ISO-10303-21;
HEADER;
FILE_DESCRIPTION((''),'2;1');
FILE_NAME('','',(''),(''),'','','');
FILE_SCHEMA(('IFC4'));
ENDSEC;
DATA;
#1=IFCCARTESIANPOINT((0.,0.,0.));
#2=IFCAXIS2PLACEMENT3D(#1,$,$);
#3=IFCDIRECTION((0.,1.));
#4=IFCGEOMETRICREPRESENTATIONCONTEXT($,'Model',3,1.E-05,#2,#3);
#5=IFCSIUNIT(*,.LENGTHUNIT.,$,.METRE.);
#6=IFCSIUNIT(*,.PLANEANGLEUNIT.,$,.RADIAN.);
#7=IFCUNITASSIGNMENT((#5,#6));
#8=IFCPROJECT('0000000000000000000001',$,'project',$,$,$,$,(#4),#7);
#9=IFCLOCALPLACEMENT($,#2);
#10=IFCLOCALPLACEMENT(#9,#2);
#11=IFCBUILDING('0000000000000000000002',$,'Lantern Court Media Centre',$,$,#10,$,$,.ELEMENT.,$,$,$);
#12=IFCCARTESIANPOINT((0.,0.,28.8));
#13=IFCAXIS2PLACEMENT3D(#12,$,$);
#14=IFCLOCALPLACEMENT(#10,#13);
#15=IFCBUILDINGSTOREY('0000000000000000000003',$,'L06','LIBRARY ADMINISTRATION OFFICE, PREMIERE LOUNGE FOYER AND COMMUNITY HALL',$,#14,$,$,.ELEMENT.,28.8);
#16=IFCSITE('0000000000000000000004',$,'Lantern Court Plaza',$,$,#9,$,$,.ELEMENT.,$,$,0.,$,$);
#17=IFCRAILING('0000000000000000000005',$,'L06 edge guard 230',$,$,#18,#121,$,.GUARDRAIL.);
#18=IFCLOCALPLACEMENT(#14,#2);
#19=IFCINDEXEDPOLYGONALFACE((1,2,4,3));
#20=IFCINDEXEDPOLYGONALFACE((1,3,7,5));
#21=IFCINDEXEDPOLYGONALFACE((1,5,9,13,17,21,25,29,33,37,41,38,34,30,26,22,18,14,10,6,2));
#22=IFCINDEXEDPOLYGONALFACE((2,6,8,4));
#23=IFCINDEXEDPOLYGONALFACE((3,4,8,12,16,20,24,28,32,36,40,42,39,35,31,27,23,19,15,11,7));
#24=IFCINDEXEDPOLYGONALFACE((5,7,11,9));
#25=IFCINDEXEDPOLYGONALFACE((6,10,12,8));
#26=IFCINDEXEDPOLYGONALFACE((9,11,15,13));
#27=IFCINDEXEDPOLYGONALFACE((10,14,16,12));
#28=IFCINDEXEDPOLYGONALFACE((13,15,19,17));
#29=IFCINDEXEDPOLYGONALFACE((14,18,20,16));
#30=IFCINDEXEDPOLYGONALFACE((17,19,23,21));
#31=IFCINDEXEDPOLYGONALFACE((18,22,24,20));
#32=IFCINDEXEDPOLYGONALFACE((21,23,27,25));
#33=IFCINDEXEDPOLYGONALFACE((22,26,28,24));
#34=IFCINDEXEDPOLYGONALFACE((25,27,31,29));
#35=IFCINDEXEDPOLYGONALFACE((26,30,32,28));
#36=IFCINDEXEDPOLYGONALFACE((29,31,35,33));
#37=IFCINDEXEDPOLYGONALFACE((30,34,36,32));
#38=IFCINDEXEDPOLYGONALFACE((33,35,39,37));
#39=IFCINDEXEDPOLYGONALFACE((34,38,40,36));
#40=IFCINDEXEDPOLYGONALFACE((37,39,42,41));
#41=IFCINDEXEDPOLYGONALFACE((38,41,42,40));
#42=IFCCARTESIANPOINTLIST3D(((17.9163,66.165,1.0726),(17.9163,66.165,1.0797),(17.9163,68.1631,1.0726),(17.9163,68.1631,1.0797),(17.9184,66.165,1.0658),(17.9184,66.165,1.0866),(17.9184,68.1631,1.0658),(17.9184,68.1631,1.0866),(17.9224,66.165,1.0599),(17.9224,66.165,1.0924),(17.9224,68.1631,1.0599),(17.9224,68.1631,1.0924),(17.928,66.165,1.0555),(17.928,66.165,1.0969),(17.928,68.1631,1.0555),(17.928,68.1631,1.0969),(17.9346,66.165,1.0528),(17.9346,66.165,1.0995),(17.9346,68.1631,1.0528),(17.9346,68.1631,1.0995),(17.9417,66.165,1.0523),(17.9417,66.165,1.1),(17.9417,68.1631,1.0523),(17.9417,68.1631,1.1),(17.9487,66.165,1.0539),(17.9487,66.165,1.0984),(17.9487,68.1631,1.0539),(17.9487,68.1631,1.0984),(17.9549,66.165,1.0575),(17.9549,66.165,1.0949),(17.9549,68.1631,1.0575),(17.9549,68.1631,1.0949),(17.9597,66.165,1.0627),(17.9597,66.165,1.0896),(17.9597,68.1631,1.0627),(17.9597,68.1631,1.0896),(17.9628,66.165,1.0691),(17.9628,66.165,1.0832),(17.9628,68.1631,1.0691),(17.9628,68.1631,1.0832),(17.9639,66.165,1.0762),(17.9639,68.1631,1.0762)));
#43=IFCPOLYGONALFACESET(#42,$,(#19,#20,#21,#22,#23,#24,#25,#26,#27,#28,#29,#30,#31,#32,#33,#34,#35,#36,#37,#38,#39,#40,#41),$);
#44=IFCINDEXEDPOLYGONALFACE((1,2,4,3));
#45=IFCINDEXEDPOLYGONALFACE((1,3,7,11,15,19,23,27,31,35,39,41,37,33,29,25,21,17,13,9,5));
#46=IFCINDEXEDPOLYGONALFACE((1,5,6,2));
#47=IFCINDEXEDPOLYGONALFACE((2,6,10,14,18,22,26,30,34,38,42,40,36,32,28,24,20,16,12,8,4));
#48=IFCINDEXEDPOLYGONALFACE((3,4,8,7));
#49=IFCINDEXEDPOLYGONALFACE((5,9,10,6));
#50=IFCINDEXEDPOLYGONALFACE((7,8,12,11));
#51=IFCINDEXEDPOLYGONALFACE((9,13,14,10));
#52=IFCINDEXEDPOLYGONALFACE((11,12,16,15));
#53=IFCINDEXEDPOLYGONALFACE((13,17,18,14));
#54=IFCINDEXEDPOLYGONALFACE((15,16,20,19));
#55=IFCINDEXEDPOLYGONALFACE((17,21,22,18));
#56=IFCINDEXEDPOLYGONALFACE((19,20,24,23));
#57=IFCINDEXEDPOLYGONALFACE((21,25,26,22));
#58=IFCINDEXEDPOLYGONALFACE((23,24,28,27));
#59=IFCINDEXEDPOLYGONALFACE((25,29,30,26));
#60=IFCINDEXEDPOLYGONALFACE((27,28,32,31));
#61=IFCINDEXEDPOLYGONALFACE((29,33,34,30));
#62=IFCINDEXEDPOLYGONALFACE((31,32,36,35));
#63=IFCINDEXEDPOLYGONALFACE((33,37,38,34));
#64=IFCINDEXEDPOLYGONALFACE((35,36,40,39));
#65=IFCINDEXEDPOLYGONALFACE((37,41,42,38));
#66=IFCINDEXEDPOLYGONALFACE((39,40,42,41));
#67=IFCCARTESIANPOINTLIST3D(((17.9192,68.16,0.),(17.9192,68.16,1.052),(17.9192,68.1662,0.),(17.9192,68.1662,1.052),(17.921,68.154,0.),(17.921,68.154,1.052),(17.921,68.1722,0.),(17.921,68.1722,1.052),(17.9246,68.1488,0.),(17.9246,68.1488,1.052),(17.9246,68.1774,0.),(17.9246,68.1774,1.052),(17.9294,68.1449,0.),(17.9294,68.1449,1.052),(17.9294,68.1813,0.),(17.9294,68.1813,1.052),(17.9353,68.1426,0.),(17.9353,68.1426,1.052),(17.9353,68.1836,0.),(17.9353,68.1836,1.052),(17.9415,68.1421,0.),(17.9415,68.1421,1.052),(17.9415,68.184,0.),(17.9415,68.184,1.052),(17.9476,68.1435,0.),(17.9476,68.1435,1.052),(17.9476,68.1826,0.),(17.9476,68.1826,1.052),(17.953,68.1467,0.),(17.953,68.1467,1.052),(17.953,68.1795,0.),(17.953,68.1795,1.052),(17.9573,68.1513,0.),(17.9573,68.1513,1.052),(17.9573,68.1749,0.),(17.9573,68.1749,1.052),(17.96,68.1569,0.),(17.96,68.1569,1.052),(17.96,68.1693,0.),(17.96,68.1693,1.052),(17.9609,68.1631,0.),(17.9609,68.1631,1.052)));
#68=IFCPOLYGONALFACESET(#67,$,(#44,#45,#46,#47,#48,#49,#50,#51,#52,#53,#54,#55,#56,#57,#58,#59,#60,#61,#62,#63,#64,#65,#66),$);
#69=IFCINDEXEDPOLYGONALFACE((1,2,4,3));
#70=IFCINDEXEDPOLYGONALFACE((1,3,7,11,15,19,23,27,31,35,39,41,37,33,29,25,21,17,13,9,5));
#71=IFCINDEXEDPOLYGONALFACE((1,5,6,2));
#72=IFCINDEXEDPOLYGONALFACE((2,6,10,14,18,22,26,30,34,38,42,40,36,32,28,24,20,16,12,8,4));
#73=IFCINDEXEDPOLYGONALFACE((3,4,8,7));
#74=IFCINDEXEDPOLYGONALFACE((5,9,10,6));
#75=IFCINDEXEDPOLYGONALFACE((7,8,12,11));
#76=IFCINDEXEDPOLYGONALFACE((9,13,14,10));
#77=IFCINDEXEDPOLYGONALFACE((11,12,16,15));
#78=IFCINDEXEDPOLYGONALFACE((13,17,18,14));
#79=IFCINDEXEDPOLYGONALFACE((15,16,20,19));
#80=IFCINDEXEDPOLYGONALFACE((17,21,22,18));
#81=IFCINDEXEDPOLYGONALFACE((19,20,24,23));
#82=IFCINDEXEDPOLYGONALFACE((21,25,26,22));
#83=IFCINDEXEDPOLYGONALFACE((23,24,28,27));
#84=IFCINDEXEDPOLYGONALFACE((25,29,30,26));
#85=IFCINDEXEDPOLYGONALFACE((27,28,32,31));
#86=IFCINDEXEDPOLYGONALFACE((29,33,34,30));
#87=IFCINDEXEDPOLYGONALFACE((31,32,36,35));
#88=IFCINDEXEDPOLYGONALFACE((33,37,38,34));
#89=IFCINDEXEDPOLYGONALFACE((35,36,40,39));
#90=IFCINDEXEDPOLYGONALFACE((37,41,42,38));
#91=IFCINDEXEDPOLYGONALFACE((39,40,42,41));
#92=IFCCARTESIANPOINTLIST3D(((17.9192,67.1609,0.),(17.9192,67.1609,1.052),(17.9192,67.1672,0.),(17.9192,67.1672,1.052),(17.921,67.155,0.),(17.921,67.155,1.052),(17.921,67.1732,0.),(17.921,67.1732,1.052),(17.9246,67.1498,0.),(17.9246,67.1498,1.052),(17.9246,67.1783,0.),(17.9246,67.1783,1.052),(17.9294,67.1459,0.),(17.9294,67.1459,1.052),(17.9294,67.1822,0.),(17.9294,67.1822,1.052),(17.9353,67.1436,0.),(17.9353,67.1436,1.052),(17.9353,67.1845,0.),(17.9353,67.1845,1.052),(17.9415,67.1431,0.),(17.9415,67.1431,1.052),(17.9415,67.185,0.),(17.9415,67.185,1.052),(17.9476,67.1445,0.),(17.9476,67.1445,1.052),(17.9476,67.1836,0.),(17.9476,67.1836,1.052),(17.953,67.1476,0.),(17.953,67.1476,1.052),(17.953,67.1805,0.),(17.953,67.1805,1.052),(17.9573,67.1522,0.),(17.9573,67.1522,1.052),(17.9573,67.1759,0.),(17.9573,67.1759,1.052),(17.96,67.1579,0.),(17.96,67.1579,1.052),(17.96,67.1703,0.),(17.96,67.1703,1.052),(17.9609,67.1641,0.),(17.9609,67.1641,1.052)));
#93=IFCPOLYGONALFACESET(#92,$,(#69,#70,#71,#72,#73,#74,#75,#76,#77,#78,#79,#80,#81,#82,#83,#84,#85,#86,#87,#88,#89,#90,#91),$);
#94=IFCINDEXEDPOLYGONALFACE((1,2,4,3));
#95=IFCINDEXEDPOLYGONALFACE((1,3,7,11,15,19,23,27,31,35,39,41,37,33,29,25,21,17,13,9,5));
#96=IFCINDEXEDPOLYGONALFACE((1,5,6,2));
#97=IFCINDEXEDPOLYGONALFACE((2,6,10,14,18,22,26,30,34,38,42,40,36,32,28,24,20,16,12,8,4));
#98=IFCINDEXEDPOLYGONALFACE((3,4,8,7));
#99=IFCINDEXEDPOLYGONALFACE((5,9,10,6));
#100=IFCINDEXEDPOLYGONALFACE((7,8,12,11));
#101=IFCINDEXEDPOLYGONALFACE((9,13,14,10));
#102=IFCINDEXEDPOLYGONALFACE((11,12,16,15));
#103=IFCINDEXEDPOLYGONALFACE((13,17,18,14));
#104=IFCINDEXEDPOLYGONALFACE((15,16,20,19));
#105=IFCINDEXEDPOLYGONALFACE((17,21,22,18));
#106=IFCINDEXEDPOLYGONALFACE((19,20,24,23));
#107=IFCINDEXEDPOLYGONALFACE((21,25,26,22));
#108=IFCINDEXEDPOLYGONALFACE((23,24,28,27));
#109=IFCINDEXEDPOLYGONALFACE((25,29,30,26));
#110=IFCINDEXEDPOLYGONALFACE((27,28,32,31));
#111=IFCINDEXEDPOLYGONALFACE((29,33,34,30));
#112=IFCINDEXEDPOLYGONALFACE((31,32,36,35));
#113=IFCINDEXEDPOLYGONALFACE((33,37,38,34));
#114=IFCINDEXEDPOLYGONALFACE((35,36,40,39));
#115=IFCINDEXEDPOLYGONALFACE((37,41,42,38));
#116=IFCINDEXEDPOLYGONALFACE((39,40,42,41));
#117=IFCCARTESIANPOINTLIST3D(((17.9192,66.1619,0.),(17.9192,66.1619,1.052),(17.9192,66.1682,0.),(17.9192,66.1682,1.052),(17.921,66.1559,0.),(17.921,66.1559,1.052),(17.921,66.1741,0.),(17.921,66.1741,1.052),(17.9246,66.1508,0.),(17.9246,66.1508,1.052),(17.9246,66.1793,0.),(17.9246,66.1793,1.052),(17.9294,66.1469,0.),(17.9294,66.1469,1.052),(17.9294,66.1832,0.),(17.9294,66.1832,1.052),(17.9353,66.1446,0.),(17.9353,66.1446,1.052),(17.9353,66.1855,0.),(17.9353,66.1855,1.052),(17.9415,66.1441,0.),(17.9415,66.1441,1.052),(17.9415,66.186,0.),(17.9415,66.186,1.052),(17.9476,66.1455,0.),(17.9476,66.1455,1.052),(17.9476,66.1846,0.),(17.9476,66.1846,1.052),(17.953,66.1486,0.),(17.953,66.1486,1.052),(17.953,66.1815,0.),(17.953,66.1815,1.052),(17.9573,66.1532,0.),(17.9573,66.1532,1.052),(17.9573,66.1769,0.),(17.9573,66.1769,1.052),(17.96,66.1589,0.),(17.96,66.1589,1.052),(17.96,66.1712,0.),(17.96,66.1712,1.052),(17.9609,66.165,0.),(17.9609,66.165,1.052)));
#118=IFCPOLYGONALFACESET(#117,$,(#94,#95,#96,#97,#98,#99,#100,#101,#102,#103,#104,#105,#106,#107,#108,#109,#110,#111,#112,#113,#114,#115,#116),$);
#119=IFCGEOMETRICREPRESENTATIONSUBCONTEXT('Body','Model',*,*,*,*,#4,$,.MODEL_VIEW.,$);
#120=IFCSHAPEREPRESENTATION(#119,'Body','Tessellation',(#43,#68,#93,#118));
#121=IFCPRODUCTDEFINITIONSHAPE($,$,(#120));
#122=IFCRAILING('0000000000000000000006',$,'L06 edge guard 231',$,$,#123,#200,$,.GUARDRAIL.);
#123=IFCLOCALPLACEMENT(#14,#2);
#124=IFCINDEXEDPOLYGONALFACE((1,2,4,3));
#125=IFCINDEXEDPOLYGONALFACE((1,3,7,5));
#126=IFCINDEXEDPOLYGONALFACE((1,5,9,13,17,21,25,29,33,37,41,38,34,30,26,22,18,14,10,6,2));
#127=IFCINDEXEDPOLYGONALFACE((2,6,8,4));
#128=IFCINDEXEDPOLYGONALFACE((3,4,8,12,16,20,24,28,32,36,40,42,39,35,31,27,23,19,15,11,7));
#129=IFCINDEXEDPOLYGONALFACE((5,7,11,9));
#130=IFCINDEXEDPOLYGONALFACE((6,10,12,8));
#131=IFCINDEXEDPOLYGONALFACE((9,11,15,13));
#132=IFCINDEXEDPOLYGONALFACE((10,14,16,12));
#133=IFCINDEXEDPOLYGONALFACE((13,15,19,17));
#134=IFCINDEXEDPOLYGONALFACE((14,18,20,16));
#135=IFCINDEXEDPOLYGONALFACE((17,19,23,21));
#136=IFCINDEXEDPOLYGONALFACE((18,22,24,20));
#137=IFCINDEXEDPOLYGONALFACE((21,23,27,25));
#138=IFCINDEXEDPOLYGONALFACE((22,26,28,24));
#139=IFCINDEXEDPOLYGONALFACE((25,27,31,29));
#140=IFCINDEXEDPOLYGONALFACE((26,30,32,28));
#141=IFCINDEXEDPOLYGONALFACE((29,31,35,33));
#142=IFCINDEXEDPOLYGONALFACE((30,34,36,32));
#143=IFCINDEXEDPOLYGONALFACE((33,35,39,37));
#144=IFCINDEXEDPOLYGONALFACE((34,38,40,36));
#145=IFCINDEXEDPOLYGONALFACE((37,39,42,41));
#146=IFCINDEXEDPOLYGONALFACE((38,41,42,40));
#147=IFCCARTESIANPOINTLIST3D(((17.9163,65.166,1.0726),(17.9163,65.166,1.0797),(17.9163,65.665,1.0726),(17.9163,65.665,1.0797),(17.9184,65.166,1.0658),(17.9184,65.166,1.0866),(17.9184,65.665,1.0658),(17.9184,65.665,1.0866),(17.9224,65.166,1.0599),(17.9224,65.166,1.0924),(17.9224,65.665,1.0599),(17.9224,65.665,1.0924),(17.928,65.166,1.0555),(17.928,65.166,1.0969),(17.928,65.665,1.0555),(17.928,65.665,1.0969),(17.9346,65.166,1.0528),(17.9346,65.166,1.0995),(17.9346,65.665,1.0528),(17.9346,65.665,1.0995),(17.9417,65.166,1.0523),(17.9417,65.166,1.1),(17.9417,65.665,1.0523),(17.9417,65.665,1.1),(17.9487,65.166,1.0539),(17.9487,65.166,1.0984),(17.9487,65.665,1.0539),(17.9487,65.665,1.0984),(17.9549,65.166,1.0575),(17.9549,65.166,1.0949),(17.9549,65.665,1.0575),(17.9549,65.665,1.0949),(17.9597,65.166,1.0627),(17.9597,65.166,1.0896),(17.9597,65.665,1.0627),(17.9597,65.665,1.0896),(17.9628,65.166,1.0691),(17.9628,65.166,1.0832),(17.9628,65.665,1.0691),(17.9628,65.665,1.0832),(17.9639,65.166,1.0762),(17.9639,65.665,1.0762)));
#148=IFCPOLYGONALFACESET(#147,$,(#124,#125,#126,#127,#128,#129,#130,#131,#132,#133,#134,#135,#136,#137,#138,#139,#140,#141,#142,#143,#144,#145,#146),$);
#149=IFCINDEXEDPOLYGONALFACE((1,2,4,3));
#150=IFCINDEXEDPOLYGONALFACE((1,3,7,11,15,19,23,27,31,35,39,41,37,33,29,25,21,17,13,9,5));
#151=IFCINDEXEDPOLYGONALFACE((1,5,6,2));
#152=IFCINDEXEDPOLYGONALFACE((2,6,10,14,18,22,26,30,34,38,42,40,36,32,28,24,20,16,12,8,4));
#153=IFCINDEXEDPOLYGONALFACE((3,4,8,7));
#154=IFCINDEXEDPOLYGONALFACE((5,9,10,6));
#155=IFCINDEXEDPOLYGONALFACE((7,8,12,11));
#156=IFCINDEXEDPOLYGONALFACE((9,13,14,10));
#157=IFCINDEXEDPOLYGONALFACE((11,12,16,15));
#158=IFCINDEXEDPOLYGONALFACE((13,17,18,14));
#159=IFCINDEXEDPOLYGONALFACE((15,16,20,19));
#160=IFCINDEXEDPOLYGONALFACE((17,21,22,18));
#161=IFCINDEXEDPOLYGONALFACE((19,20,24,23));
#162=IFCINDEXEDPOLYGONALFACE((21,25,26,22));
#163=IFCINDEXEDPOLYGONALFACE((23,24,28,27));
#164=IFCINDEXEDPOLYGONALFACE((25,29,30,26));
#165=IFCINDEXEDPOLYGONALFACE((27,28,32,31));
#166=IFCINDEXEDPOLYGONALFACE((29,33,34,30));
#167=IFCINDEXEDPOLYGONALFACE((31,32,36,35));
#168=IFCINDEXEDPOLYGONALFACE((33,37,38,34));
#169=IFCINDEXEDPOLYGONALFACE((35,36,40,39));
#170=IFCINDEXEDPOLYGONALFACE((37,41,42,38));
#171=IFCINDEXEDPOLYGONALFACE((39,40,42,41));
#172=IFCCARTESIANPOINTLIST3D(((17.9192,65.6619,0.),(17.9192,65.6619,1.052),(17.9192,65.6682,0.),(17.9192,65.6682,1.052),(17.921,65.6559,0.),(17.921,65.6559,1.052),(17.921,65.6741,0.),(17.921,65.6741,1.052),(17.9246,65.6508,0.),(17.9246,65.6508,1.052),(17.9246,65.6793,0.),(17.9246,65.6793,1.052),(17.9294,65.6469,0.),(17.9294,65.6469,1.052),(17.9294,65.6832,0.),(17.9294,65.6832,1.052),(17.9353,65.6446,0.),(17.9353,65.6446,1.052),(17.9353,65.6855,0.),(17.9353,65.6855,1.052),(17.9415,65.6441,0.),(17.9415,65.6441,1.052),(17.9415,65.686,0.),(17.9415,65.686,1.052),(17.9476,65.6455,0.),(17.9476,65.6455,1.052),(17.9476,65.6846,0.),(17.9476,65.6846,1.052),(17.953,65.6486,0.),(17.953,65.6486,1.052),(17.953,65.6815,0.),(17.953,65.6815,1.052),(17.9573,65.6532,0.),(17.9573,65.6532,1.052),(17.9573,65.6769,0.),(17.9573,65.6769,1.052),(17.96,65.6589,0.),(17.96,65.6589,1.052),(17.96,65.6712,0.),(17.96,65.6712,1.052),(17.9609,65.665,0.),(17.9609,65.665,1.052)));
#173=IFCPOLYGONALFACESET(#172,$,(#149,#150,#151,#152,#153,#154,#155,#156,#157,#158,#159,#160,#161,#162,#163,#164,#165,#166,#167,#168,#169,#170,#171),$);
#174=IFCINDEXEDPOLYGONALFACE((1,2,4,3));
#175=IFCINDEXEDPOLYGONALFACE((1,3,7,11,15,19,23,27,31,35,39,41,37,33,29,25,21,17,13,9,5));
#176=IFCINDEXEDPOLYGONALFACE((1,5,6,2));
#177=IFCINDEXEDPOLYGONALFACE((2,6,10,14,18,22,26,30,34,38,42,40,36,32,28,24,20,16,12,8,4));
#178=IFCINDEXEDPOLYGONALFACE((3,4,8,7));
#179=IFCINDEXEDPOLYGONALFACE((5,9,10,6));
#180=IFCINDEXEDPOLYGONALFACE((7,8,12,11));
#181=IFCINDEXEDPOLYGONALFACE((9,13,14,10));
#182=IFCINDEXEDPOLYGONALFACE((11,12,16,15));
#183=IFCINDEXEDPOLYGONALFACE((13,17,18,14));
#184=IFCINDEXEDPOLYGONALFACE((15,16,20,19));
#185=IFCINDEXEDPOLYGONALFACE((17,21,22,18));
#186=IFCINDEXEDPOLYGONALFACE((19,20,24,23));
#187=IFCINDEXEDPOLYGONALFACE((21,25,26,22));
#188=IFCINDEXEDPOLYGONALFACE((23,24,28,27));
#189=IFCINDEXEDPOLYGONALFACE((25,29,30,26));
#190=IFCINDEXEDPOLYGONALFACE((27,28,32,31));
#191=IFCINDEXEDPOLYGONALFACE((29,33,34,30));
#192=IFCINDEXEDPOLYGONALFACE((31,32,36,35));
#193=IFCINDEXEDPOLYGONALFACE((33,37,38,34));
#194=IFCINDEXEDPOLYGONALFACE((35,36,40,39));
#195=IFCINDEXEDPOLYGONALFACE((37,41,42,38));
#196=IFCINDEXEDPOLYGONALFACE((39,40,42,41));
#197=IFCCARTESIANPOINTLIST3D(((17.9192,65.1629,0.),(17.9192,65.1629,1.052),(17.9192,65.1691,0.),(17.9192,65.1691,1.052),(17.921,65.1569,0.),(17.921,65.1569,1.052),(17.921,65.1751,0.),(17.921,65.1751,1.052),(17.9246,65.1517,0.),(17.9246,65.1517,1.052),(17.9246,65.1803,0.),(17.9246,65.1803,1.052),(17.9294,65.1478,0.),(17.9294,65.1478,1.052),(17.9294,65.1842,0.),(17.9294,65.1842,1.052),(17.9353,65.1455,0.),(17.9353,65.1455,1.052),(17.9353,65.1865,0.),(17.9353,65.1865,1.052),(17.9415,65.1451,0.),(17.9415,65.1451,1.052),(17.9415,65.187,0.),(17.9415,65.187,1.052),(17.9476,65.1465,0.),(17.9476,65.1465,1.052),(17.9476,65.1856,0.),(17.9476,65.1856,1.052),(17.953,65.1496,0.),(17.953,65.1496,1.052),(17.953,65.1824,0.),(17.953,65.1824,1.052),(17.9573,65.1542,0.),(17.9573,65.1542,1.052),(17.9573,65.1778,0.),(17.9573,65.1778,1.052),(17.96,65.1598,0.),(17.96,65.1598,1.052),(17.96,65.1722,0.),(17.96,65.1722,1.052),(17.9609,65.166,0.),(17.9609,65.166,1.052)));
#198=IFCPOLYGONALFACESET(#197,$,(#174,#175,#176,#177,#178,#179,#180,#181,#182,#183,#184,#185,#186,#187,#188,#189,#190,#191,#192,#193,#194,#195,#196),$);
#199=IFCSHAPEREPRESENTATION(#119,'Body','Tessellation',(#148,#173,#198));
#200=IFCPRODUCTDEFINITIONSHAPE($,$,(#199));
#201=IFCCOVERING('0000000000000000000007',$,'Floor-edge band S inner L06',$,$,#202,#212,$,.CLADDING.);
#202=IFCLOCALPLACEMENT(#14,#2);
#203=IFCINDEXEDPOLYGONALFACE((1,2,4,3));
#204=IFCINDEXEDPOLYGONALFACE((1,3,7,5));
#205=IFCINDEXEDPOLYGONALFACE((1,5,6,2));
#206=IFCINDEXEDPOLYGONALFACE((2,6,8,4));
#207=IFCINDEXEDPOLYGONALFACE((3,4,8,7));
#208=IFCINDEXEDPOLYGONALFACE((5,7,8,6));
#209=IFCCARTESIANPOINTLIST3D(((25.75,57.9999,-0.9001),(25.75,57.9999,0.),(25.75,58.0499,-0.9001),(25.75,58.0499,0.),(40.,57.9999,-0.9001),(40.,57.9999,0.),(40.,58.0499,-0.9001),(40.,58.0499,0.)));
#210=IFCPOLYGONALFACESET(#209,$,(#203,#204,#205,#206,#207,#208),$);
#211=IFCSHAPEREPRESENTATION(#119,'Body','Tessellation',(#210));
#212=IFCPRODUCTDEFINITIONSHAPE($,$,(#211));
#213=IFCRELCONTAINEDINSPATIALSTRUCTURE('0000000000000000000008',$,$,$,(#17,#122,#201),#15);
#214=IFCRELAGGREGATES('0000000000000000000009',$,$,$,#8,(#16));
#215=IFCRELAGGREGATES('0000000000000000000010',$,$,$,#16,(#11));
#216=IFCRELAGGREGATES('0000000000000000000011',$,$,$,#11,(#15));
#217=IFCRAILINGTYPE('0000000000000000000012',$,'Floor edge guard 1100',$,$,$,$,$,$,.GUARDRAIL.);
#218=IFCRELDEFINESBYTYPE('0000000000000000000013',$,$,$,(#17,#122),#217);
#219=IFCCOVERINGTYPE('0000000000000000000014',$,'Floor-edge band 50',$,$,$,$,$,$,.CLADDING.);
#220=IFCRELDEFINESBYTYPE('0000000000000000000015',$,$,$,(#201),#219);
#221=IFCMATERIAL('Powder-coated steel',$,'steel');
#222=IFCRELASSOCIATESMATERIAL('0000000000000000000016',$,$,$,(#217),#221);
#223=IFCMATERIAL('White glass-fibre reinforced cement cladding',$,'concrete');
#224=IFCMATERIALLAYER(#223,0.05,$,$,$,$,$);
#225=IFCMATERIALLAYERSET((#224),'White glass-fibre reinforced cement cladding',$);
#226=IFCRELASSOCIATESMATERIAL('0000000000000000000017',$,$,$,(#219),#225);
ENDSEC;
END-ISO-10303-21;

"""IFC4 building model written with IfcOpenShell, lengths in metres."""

from ifc_helpers import new_model, si_unit, direction, frame, frame_2d, origin, origin_2d, place, context, subcontext, project, spatial, rectangle, circle, extrude, material, layer, layer_set, type_object, element, save


model = new_model("IFC4")

# Units and contexts
model_context = context("Model", 3, precision=1e-05, world=origin(), true_north=direction((0.0, 1.0)))
body_context = subcontext(model_context, "Body", "Model", "MODEL_VIEW")
ifc_project = project(units=[si_unit("LENGTHUNIT", "METRE"), si_unit("PLANEANGLEUNIT", "RADIAN")], contexts=[model_context])

# Site, building, storey
site_placement = place(None, origin())
site = spatial("IfcSite", under=ifc_project, at=site_placement, Name="Lantern Court Plaza", CompositionType="ELEMENT", RefElevation=0.0)
building_placement = place(site_placement, origin())
building = spatial("IfcBuilding", under=site, at=building_placement, Name="Lantern Court Media Centre", CompositionType="ELEMENT")
storey_placement = place(building_placement, frame((0.0, 0.0, 28.8)))
storey = spatial("IfcBuildingStorey", under=building, at=storey_placement, Name="L06", Description="LIBRARY ADMINISTRATION OFFICE, PREMIERE LOUNGE FOYER AND COMMUNITY HALL", CompositionType="ELEMENT", Elevation=28.8)

# Railings
ifc_material_1 = material(Name="Powder-coated steel", Category="steel")
railing_type = type_object("IfcRailingType", Name="Floor edge guard 1100", PredefinedType="GUARDRAIL", material=ifc_material_1)
for number, where, name in (
    (1, (17.9399, 68.1631, 0.0), "L06 edge guard 230"),
):
    element("IfcRailing", number, at=place(storey_placement, frame(where)), inside=storey, type_object=railing_type, Name=name, PredefinedType="GUARDRAIL", context=body_context, shape_type="SweptSolid", body=[
        extrude(circle(Radius=0.0239, at=origin_2d()), frame((0.0, 0.0, 1.0762), z_axis=(0.0, -1.0, 0.0), x_axis=(1.0, 0.0, 0.0)), (0.0, 0.0, 1.0), 1.998),
        extrude(circle(Radius=0.021, at=origin_2d()), origin(), (0.0, 0.0, 1.0), 1.052),
        extrude(circle(Radius=0.021, at=origin_2d()), frame((0.0, -0.999, 0.0)), (0.0, 0.0, 1.0), 1.052),
        extrude(circle(Radius=0.021, at=origin_2d()), frame((0.0, -1.998, 0.0)), (0.0, 0.0, 1.0), 1.052),
    ])
railing_1_placement = place(storey_placement, frame((17.9399, 65.665, 0.0)))
element("IfcRailing", 2, at=railing_1_placement, inside=storey, type_object=railing_type, Name="L06 edge guard 231", PredefinedType="GUARDRAIL", context=body_context, shape_type="SweptSolid", body=[
    extrude(circle(Radius=0.0239, at=origin_2d()), frame((0.0, 0.0, 1.0762), z_axis=(0.0, -1.0, 0.0), x_axis=(1.0, 0.0, 0.0)), (0.0, 0.0, 1.0), 0.499),
    extrude(circle(Radius=0.021, at=origin_2d()), origin(), (0.0, 0.0, 1.0), 1.052),
    extrude(circle(Radius=0.021, at=origin_2d()), frame((0.0, -0.499, 0.0)), (0.0, 0.0, 1.0), 1.052),
])

# Covering
ifc_material_2 = material(Name="White glass-fibre reinforced cement cladding", Category="concrete")
ifc_layer_1 = layer(ifc_material_2, 0.05)
ifc_layer_set_1 = layer_set([ifc_layer_1], Name="White glass-fibre reinforced cement cladding")
covering_type_1 = type_object("IfcCoveringType", Name="Floor-edge band 50", PredefinedType="CLADDING", material=ifc_layer_set_1)
covering_1_placement = place(storey_placement, frame((25.75, 58.0249, -0.9001), z_axis=(0.0, 0.0, 1.0), x_axis=(1.0, 0.0, 0.0)))
element("IfcCovering", 3, at=covering_1_placement, inside=storey, type_object=covering_type_1, Name="Floor-edge band S inner L06", PredefinedType="CLADDING", context=body_context, shape_type="SweptSolid", body=[
    extrude(rectangle(XDim=14.25, YDim=0.05, at=frame_2d((7.125, 0.0))), origin(), (0.0, 0.0, 1.0), 0.9001),
])

save(model, "model.ifc")
